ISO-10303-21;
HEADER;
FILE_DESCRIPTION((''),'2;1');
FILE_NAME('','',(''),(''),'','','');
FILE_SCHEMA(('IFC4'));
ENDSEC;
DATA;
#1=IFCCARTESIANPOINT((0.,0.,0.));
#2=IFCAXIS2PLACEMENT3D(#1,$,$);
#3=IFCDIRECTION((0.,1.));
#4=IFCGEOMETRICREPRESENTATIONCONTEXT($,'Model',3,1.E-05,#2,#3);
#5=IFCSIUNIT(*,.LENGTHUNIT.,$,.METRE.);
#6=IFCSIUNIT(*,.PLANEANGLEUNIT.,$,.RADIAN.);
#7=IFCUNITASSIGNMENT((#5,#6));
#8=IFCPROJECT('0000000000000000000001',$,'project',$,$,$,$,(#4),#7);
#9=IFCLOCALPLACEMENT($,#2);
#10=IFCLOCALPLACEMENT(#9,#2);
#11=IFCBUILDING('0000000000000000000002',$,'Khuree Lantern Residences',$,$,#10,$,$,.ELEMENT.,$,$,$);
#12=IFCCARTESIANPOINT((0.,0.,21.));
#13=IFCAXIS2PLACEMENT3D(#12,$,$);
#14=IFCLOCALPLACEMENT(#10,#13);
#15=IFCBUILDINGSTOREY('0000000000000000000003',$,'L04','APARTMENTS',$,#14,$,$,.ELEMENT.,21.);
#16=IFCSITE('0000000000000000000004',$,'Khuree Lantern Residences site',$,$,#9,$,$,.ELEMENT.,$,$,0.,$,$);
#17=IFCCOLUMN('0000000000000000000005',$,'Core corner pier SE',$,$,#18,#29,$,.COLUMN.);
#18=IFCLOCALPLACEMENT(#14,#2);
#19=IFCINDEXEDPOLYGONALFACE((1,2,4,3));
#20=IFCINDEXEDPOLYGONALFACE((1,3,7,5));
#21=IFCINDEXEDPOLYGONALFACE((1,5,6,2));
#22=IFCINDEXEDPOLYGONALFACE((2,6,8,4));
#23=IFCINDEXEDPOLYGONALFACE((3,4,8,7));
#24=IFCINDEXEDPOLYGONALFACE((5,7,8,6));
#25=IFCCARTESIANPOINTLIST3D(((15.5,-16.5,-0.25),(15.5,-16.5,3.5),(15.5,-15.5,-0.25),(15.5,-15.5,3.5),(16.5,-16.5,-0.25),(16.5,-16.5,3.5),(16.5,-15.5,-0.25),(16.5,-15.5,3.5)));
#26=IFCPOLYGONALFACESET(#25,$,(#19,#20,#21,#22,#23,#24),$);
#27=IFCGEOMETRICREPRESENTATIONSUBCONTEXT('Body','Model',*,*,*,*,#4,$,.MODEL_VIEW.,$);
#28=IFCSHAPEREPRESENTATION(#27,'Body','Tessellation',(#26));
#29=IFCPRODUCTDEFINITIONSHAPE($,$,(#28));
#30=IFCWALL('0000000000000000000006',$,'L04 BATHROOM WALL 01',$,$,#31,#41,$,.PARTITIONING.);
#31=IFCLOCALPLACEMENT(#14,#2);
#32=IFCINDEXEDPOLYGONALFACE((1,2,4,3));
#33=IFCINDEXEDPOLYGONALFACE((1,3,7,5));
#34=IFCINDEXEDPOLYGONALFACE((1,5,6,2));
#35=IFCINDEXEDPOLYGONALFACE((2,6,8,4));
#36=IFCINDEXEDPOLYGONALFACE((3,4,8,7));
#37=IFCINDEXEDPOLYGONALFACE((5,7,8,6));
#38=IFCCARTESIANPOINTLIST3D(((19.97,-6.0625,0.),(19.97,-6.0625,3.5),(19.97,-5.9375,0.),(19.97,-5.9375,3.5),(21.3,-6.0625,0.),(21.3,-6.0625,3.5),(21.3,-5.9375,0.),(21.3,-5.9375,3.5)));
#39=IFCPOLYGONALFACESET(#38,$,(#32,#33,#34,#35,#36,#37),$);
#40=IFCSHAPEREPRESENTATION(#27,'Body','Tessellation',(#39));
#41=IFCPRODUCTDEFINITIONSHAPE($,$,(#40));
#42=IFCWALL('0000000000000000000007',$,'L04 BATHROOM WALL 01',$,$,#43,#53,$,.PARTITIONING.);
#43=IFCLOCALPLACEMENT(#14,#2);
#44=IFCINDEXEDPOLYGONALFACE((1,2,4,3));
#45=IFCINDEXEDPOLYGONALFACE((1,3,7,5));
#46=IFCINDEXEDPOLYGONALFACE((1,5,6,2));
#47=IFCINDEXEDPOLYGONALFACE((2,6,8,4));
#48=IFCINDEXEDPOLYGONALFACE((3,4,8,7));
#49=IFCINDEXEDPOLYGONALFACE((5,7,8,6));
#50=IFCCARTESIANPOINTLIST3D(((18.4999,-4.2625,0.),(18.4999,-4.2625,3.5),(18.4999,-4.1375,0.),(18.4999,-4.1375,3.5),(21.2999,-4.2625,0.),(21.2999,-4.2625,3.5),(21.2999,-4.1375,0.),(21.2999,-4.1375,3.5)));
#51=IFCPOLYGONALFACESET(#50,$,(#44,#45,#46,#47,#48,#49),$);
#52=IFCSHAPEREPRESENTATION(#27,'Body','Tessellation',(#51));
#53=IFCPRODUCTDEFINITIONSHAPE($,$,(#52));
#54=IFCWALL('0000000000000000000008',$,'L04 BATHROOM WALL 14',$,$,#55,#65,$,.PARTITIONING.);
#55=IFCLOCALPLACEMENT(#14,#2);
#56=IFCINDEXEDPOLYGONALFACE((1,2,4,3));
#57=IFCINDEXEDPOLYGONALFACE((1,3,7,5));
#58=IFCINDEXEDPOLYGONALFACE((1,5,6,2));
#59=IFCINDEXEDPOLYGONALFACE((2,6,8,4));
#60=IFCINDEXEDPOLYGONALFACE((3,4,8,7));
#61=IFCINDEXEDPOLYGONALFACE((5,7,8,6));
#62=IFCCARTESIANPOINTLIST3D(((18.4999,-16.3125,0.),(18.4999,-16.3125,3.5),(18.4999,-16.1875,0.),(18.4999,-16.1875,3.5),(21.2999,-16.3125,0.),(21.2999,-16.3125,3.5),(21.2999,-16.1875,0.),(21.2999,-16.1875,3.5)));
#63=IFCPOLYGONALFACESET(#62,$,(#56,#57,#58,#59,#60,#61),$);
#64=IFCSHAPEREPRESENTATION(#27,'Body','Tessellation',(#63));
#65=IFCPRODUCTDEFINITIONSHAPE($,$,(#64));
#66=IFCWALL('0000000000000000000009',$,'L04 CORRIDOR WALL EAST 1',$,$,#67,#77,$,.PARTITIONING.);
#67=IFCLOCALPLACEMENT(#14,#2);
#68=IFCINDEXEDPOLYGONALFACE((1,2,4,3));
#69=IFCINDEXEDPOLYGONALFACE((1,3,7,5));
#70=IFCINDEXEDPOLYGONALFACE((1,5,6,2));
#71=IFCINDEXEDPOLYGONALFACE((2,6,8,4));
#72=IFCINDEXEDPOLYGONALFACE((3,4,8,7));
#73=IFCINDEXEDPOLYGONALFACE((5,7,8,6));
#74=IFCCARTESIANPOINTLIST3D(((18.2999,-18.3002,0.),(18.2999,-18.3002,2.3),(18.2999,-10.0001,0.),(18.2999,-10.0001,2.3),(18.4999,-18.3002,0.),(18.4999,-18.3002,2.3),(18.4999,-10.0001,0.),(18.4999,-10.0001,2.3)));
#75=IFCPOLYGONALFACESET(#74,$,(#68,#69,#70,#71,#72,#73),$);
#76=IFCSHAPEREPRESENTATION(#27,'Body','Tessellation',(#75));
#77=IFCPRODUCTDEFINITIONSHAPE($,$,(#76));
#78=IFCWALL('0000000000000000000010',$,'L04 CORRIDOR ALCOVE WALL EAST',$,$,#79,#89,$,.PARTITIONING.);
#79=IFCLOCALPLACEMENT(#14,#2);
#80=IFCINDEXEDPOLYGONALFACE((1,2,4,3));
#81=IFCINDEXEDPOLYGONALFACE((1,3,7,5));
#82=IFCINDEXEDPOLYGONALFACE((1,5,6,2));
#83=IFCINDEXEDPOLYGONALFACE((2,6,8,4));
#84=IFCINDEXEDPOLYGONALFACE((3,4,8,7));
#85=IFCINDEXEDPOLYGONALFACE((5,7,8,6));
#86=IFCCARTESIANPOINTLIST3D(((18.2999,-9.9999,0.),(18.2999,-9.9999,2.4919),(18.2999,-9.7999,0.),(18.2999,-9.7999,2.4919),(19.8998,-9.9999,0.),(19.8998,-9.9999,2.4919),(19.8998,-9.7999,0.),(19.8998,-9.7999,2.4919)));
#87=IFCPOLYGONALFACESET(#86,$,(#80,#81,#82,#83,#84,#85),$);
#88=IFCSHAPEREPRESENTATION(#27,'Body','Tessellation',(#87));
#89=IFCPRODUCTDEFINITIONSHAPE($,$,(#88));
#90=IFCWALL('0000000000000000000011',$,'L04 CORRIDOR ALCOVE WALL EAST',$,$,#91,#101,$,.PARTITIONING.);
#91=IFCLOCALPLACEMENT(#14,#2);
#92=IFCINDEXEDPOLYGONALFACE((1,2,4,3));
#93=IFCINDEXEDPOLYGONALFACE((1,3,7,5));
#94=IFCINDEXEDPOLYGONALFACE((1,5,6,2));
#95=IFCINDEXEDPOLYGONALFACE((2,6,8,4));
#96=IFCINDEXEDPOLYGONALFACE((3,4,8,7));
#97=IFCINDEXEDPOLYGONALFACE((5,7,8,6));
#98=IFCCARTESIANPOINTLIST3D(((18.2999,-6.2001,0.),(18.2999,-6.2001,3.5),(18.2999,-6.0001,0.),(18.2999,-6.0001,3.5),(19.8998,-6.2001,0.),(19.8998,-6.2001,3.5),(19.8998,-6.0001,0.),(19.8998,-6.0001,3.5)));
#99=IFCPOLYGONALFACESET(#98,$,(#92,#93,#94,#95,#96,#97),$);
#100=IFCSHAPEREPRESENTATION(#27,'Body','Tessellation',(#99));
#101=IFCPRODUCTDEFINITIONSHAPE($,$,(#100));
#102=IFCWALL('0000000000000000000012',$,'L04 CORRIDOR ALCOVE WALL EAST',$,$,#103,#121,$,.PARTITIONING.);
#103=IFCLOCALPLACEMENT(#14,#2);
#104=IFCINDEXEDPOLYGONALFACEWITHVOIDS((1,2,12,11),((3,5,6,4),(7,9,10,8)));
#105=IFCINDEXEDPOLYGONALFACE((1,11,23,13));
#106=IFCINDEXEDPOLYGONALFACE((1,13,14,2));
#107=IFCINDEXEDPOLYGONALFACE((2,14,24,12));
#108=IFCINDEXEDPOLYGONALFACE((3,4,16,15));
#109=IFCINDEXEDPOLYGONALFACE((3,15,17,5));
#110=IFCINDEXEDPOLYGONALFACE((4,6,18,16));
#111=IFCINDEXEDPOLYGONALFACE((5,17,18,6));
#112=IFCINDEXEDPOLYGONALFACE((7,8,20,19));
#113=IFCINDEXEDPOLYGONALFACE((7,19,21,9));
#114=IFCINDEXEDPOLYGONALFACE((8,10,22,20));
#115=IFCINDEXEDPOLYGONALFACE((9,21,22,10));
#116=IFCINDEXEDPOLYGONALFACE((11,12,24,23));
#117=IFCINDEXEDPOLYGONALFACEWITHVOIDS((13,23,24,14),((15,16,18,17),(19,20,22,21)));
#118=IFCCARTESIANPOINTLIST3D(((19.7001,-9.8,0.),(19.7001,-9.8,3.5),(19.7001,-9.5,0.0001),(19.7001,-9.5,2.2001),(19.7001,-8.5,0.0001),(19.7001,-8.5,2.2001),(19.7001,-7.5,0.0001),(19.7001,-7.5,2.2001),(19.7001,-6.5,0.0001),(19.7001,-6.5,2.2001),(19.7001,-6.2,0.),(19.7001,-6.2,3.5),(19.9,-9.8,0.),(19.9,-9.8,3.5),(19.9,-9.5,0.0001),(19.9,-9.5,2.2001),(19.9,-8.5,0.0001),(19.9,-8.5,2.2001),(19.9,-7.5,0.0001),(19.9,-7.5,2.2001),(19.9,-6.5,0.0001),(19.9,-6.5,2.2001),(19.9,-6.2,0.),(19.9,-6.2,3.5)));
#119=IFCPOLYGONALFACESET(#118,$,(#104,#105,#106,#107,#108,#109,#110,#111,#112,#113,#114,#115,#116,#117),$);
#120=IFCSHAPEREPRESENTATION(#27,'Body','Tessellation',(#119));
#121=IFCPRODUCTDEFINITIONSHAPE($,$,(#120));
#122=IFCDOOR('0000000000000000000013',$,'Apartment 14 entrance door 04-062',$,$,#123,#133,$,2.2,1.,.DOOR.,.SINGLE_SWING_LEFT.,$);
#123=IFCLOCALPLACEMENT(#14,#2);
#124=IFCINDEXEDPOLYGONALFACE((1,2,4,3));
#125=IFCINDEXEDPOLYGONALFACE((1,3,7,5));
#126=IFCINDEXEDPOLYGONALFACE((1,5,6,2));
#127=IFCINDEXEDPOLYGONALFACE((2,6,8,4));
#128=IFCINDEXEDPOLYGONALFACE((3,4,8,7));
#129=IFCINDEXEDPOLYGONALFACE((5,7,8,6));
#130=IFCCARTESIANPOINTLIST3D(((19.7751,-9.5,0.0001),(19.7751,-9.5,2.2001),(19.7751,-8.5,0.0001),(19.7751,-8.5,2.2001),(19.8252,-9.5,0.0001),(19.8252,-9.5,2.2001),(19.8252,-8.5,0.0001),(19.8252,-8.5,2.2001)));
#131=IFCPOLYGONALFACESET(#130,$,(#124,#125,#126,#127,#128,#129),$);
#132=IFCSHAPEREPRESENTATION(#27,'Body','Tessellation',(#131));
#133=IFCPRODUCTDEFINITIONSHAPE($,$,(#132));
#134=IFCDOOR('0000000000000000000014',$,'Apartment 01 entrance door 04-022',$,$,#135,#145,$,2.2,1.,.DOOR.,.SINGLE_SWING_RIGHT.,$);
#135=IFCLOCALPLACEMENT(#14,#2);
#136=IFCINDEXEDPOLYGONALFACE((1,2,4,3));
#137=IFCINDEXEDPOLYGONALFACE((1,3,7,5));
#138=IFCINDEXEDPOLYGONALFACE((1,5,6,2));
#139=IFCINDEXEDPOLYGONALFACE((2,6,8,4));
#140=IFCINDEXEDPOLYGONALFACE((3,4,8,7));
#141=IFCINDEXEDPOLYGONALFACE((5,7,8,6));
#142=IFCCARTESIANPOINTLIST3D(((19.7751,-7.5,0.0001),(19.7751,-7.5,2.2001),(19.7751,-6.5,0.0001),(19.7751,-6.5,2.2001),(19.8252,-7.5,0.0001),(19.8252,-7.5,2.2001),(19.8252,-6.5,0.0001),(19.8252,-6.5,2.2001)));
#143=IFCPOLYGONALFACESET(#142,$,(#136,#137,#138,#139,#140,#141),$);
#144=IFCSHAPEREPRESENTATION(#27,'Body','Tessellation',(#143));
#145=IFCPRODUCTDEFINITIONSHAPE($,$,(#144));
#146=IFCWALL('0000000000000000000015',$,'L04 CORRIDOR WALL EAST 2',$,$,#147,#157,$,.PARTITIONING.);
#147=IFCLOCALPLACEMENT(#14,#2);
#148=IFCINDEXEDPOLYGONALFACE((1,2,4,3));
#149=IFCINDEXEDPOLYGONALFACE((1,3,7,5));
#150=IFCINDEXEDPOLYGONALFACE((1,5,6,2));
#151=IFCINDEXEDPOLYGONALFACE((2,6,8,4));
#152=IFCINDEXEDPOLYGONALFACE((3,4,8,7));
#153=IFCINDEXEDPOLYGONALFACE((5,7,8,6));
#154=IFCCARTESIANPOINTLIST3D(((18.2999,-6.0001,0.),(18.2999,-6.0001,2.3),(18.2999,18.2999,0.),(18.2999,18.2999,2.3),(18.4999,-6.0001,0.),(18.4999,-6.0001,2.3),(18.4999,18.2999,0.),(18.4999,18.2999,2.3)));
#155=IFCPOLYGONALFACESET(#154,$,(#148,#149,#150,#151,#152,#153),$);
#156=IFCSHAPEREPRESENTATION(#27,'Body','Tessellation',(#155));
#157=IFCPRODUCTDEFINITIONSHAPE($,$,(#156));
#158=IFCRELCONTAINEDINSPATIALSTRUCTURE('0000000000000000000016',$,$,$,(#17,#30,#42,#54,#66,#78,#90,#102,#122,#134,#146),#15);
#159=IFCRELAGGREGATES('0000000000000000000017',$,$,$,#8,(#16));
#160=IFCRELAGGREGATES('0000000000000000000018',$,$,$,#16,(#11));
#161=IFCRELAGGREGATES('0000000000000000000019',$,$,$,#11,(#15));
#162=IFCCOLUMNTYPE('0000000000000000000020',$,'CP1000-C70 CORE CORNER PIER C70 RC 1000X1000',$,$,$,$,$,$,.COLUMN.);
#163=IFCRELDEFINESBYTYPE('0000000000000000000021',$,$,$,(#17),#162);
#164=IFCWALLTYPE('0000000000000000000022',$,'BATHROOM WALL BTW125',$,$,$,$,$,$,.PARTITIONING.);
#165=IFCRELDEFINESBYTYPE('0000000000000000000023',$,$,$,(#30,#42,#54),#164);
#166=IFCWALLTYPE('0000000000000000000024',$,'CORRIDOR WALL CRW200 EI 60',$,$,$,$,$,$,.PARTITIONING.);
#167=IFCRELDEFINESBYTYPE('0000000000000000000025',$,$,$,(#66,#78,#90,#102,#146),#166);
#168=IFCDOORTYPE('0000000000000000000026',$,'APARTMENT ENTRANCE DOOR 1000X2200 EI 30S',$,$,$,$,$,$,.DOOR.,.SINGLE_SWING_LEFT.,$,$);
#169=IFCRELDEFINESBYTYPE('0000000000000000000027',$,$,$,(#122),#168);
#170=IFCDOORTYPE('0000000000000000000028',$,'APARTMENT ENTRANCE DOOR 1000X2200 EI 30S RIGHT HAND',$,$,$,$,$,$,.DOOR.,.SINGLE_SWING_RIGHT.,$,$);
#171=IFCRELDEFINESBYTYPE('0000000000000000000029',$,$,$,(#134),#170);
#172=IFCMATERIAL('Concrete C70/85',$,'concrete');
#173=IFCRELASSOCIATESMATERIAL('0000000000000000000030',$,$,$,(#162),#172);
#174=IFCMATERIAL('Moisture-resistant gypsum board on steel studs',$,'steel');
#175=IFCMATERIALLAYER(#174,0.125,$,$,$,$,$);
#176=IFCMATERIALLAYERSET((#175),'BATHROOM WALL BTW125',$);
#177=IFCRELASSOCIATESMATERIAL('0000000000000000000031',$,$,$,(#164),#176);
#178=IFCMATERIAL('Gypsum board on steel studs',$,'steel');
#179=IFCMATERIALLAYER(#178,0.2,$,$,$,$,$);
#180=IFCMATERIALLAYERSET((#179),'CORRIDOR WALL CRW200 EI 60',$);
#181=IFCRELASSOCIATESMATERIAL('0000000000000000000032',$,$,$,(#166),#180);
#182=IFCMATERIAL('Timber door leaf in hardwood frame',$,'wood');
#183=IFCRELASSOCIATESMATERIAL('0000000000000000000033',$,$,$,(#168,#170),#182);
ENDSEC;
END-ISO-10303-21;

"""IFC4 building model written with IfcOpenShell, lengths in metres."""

from ifc_helpers import new_model, si_unit, direction, frame, frame_2d, origin, origin_2d, place, context, subcontext, project, spatial, rectangle, extrude, material, layer, layer_set, material_profile, profile_set, type_object, element, fill, save


model = new_model("IFC4")

# Units and contexts
model_context = context("Model", 3, precision=1e-05, world=origin(), true_north=direction((0.0, 1.0)))
body_context = subcontext(model_context, "Body", "Model", "MODEL_VIEW")
ifc_project = project(units=[si_unit("LENGTHUNIT", "METRE"), si_unit("PLANEANGLEUNIT", "RADIAN")], contexts=[model_context])

# Site, building, storey
site_placement = place(None, origin())
site = spatial("IfcSite", under=ifc_project, at=site_placement, Name="Khuree Lantern Residences site", CompositionType="ELEMENT", RefElevation=0.0)
building_placement = place(site_placement, origin())
building = spatial("IfcBuilding", under=site, at=building_placement, Name="Khuree Lantern Residences", CompositionType="ELEMENT")
storey_placement = place(building_placement, frame((0.0, 0.0, 21.0)))
storey = spatial("IfcBuildingStorey", under=building, at=storey_placement, Name="L04", Description="APARTMENTS", CompositionType="ELEMENT", Elevation=21.0)

# Column
ifc_material_1 = material(Name="Concrete C70/85", Category="concrete")
ifc_material_profile = material_profile(ifc_material_1, rectangle(XDim=1.0, YDim=1.0, at=origin_2d()), Name="RC 1000X1000")
ifc_profile_set = profile_set([ifc_material_profile], Name="Concrete C70/85")
column_type = type_object("IfcColumnType", Name="CP1000-C70 CORE CORNER PIER C70 RC 1000X1000", PredefinedType="COLUMN", material=ifc_profile_set)
column_placement = place(storey_placement, frame((16.0, -16.0, -0.25), z_axis=(0.0, 0.0, 1.0), x_axis=(1.0, 0.0, 0.0)))
element("IfcColumn", 1, at=column_placement, inside=storey, type_object=column_type, Name="Core corner pier SE", PredefinedType="COLUMN", context=body_context, shape_type="SweptSolid", body=[
    extrude(rectangle(XDim=1.0, YDim=1.0, at=origin_2d()), origin(), (0.0, 0.0, 1.0), 3.75),
])

# Walls
ifc_material_2 = material(Name="Moisture-resistant gypsum board on steel studs", Category="steel")
ifc_layer_1 = layer(ifc_material_2, 0.125)
ifc_layer_set_1 = layer_set([ifc_layer_1], Name="BATHROOM WALL BTW125")
wall_type_1 = type_object("IfcWallType", Name="BATHROOM WALL BTW125", PredefinedType="PARTITIONING", material=ifc_layer_set_1)
wall_1_placement = place(storey_placement, frame((19.97, -6.0, 0.0), z_axis=(0.0, 0.0, 1.0), x_axis=(1.0, 0.0, 0.0)))
element("IfcWall", 2, at=wall_1_placement, inside=storey, type_object=wall_type_1, Name="L04 BATHROOM WALL 01", PredefinedType="PARTITIONING", context=body_context, shape_type="SweptSolid", body=[
    extrude(rectangle(XDim=1.3301, YDim=0.125, at=frame_2d((0.665, 0.0))), origin(), (0.0, 0.0, 1.0), 3.5),
])
for number, where, z_axis, x_axis, name in (
    (3, (18.5, -4.2, 0.0), (0.0, 0.0, 1.0), (1.0, 0.0, 0.0), "L04 BATHROOM WALL 01"),
    (4, (18.5, -16.25, 0.0), (0.0, 0.0, 1.0), (1.0, 0.0, 0.0), "L04 BATHROOM WALL 14"),
):
    element("IfcWall", number, at=place(storey_placement, frame(where, z_axis=z_axis, x_axis=x_axis)), inside=storey, type_object=wall_type_1, Name=name, PredefinedType="PARTITIONING", context=body_context, shape_type="SweptSolid", body=[
        extrude(rectangle(XDim=2.8, YDim=0.125, at=frame_2d((1.3999, 0.0))), origin(), (0.0, 0.0, 1.0), 3.5),
    ])
ifc_material_3 = material(Name="Gypsum board on steel studs", Category="steel")
ifc_layer_2 = layer(ifc_material_3, 0.2)
ifc_layer_set_2 = layer_set([ifc_layer_2], Name="CORRIDOR WALL CRW200 EI 60")
wall_type_2 = type_object("IfcWallType", Name="CORRIDOR WALL CRW200 EI 60", PredefinedType="PARTITIONING", material=ifc_layer_set_2)
wall_2_placement = place(storey_placement, frame((18.3999, -18.3, 0.0), z_axis=(0.0, 0.0, 1.0), x_axis=(0.0, 1.0, 0.0)))
element("IfcWall", 5, at=wall_2_placement, inside=storey, type_object=wall_type_2, Name="L04 CORRIDOR WALL EAST 1", PredefinedType="PARTITIONING", context=body_context, shape_type="SweptSolid", body=[
    extrude(rectangle(XDim=8.3, YDim=0.2, at=frame_2d((4.1499, 0.0))), origin(), (0.0, 0.0, 1.0), 2.3),
])
wall_3_placement = place(storey_placement, frame((18.3, -9.8999, 0.0), z_axis=(0.0, 0.0, 1.0), x_axis=(1.0, 0.0, 0.0)))
element("IfcWall", 6, at=wall_3_placement, inside=storey, type_object=wall_type_2, Name="L04 CORRIDOR ALCOVE WALL EAST", PredefinedType="PARTITIONING", context=body_context, shape_type="SweptSolid", body=[
    extrude(rectangle(XDim=1.5999, YDim=0.2, at=frame_2d((0.7998, 0.0))), origin(), (0.0, 0.0, 1.0), 2.4919),
])
wall_4_placement = place(storey_placement, frame((18.3, -6.1001, 0.0), z_axis=(0.0, 0.0, 1.0), x_axis=(1.0, 0.0, 0.0)))
element("IfcWall", 7, at=wall_4_placement, inside=storey, type_object=wall_type_2, Name="L04 CORRIDOR ALCOVE WALL EAST", PredefinedType="PARTITIONING", context=body_context, shape_type="SweptSolid", body=[
    extrude(rectangle(XDim=1.5999, YDim=0.2, at=frame_2d((0.7998, 0.0))), origin(), (0.0, 0.0, 1.0), 3.5),
])

# Wall, openings, doors
wall_5_placement = place(storey_placement, frame((19.8, -9.8, 0.0), z_axis=(0.0, 0.0, 1.0), x_axis=(0.0, 1.0, 0.0)))
wall_5 = element("IfcWall", 8, at=wall_5_placement, inside=storey, type_object=wall_type_2, Name="L04 CORRIDOR ALCOVE WALL EAST", PredefinedType="PARTITIONING", context=body_context, shape_type="SweptSolid", body=[
    extrude(rectangle(XDim=3.6001, YDim=0.2, at=frame_2d((1.8, 0.0))), origin(), (0.0, 0.0, 1.0), 3.5),
])
opening_1_placement = place(wall_5_placement, frame((2.3, 0.0, 0.0)))
opening_1 = element("IfcOpeningElement", 9, at=opening_1_placement, cuts=wall_5, PredefinedType="OPENING", context=body_context, shape_type="SweptSolid", body=[
    extrude(rectangle(XDim=1.0, YDim=2.2, at=frame_2d((0.5, 1.1001))), frame((0.0, 0.1099, 0.0), z_axis=(0.0, -1.0, 0.0), x_axis=(1.0, 0.0, 0.0)), (0.0, 0.0, 1.0), 0.22),
])
opening_2_placement = place(wall_5_placement, frame((0.3, 0.0, 0.0)))
opening_2 = element("IfcOpeningElement", 10, at=opening_2_placement, cuts=wall_5, PredefinedType="OPENING", context=body_context, shape_type="SweptSolid", body=[
    extrude(rectangle(XDim=1.0, YDim=2.2, at=frame_2d((0.5, 1.1001))), frame((0.0, 0.1099, 0.0), z_axis=(0.0, -1.0, 0.0), x_axis=(1.0, 0.0, 0.0)), (0.0, 0.0, 1.0), 0.22),
])
ifc_material_4 = material(Name="Timber door leaf in hardwood frame", Category="wood")
door_type_1 = type_object("IfcDoorType", Name="APARTMENT ENTRANCE DOOR 1000X2200 EI 30S", OperationType="SINGLE_SWING_LEFT", PredefinedType="DOOR", material=ifc_material_4)
door_1_placement = place(opening_2_placement, origin())
door_1 = element("IfcDoor", 11, at=door_1_placement, inside=storey, type_object=door_type_1, Name="Apartment 14 entrance door 04-062", OperationType="SINGLE_SWING_LEFT", OverallHeight=2.2, OverallWidth=1.0, PredefinedType="DOOR", context=body_context, shape_type="SweptSolid", body=[
    extrude(rectangle(XDim=1.0, YDim=2.2, at=frame_2d((0.5, 1.1001))), frame((0.0, 0.0249, 0.0), z_axis=(0.0, -1.0, 0.0), x_axis=(1.0, 0.0, 0.0)), (0.0, 0.0, 1.0), 0.05),
])
fill(opening_2, door_1)
door_type_2 = type_object("IfcDoorType", Name="APARTMENT ENTRANCE DOOR 1000X2200 EI 30S RIGHT HAND", OperationType="SINGLE_SWING_RIGHT", PredefinedType="DOOR", material=ifc_material_4)
door_2_placement = place(opening_1_placement, origin())
door_2 = element("IfcDoor", 12, at=door_2_placement, inside=storey, type_object=door_type_2, Name="Apartment 01 entrance door 04-022", OperationType="SINGLE_SWING_RIGHT", OverallHeight=2.2, OverallWidth=1.0, PredefinedType="DOOR", context=body_context, shape_type="SweptSolid", body=[
    extrude(rectangle(XDim=1.0, YDim=2.2, at=frame_2d((0.5, 1.1001))), frame((0.0, 0.0249, 0.0), z_axis=(0.0, -1.0, 0.0), x_axis=(1.0, 0.0, 0.0)), (0.0, 0.0, 1.0), 0.05),
])
fill(opening_1, door_2)

# Wall
wall_6_placement = place(storey_placement, frame((18.3999, -6.0, 0.0), z_axis=(0.0, 0.0, 1.0), x_axis=(0.0, 1.0, 0.0)))
element("IfcWall", 13, at=wall_6_placement, inside=storey, type_object=wall_type_2, Name="L04 CORRIDOR WALL EAST 2", PredefinedType="PARTITIONING", context=body_context, shape_type="SweptSolid", body=[
    extrude(rectangle(XDim=24.3, YDim=0.2, at=frame_2d((12.1499, 0.0))), origin(), (0.0, 0.0, 1.0), 2.3),
])

save(model, "model.ifc")
